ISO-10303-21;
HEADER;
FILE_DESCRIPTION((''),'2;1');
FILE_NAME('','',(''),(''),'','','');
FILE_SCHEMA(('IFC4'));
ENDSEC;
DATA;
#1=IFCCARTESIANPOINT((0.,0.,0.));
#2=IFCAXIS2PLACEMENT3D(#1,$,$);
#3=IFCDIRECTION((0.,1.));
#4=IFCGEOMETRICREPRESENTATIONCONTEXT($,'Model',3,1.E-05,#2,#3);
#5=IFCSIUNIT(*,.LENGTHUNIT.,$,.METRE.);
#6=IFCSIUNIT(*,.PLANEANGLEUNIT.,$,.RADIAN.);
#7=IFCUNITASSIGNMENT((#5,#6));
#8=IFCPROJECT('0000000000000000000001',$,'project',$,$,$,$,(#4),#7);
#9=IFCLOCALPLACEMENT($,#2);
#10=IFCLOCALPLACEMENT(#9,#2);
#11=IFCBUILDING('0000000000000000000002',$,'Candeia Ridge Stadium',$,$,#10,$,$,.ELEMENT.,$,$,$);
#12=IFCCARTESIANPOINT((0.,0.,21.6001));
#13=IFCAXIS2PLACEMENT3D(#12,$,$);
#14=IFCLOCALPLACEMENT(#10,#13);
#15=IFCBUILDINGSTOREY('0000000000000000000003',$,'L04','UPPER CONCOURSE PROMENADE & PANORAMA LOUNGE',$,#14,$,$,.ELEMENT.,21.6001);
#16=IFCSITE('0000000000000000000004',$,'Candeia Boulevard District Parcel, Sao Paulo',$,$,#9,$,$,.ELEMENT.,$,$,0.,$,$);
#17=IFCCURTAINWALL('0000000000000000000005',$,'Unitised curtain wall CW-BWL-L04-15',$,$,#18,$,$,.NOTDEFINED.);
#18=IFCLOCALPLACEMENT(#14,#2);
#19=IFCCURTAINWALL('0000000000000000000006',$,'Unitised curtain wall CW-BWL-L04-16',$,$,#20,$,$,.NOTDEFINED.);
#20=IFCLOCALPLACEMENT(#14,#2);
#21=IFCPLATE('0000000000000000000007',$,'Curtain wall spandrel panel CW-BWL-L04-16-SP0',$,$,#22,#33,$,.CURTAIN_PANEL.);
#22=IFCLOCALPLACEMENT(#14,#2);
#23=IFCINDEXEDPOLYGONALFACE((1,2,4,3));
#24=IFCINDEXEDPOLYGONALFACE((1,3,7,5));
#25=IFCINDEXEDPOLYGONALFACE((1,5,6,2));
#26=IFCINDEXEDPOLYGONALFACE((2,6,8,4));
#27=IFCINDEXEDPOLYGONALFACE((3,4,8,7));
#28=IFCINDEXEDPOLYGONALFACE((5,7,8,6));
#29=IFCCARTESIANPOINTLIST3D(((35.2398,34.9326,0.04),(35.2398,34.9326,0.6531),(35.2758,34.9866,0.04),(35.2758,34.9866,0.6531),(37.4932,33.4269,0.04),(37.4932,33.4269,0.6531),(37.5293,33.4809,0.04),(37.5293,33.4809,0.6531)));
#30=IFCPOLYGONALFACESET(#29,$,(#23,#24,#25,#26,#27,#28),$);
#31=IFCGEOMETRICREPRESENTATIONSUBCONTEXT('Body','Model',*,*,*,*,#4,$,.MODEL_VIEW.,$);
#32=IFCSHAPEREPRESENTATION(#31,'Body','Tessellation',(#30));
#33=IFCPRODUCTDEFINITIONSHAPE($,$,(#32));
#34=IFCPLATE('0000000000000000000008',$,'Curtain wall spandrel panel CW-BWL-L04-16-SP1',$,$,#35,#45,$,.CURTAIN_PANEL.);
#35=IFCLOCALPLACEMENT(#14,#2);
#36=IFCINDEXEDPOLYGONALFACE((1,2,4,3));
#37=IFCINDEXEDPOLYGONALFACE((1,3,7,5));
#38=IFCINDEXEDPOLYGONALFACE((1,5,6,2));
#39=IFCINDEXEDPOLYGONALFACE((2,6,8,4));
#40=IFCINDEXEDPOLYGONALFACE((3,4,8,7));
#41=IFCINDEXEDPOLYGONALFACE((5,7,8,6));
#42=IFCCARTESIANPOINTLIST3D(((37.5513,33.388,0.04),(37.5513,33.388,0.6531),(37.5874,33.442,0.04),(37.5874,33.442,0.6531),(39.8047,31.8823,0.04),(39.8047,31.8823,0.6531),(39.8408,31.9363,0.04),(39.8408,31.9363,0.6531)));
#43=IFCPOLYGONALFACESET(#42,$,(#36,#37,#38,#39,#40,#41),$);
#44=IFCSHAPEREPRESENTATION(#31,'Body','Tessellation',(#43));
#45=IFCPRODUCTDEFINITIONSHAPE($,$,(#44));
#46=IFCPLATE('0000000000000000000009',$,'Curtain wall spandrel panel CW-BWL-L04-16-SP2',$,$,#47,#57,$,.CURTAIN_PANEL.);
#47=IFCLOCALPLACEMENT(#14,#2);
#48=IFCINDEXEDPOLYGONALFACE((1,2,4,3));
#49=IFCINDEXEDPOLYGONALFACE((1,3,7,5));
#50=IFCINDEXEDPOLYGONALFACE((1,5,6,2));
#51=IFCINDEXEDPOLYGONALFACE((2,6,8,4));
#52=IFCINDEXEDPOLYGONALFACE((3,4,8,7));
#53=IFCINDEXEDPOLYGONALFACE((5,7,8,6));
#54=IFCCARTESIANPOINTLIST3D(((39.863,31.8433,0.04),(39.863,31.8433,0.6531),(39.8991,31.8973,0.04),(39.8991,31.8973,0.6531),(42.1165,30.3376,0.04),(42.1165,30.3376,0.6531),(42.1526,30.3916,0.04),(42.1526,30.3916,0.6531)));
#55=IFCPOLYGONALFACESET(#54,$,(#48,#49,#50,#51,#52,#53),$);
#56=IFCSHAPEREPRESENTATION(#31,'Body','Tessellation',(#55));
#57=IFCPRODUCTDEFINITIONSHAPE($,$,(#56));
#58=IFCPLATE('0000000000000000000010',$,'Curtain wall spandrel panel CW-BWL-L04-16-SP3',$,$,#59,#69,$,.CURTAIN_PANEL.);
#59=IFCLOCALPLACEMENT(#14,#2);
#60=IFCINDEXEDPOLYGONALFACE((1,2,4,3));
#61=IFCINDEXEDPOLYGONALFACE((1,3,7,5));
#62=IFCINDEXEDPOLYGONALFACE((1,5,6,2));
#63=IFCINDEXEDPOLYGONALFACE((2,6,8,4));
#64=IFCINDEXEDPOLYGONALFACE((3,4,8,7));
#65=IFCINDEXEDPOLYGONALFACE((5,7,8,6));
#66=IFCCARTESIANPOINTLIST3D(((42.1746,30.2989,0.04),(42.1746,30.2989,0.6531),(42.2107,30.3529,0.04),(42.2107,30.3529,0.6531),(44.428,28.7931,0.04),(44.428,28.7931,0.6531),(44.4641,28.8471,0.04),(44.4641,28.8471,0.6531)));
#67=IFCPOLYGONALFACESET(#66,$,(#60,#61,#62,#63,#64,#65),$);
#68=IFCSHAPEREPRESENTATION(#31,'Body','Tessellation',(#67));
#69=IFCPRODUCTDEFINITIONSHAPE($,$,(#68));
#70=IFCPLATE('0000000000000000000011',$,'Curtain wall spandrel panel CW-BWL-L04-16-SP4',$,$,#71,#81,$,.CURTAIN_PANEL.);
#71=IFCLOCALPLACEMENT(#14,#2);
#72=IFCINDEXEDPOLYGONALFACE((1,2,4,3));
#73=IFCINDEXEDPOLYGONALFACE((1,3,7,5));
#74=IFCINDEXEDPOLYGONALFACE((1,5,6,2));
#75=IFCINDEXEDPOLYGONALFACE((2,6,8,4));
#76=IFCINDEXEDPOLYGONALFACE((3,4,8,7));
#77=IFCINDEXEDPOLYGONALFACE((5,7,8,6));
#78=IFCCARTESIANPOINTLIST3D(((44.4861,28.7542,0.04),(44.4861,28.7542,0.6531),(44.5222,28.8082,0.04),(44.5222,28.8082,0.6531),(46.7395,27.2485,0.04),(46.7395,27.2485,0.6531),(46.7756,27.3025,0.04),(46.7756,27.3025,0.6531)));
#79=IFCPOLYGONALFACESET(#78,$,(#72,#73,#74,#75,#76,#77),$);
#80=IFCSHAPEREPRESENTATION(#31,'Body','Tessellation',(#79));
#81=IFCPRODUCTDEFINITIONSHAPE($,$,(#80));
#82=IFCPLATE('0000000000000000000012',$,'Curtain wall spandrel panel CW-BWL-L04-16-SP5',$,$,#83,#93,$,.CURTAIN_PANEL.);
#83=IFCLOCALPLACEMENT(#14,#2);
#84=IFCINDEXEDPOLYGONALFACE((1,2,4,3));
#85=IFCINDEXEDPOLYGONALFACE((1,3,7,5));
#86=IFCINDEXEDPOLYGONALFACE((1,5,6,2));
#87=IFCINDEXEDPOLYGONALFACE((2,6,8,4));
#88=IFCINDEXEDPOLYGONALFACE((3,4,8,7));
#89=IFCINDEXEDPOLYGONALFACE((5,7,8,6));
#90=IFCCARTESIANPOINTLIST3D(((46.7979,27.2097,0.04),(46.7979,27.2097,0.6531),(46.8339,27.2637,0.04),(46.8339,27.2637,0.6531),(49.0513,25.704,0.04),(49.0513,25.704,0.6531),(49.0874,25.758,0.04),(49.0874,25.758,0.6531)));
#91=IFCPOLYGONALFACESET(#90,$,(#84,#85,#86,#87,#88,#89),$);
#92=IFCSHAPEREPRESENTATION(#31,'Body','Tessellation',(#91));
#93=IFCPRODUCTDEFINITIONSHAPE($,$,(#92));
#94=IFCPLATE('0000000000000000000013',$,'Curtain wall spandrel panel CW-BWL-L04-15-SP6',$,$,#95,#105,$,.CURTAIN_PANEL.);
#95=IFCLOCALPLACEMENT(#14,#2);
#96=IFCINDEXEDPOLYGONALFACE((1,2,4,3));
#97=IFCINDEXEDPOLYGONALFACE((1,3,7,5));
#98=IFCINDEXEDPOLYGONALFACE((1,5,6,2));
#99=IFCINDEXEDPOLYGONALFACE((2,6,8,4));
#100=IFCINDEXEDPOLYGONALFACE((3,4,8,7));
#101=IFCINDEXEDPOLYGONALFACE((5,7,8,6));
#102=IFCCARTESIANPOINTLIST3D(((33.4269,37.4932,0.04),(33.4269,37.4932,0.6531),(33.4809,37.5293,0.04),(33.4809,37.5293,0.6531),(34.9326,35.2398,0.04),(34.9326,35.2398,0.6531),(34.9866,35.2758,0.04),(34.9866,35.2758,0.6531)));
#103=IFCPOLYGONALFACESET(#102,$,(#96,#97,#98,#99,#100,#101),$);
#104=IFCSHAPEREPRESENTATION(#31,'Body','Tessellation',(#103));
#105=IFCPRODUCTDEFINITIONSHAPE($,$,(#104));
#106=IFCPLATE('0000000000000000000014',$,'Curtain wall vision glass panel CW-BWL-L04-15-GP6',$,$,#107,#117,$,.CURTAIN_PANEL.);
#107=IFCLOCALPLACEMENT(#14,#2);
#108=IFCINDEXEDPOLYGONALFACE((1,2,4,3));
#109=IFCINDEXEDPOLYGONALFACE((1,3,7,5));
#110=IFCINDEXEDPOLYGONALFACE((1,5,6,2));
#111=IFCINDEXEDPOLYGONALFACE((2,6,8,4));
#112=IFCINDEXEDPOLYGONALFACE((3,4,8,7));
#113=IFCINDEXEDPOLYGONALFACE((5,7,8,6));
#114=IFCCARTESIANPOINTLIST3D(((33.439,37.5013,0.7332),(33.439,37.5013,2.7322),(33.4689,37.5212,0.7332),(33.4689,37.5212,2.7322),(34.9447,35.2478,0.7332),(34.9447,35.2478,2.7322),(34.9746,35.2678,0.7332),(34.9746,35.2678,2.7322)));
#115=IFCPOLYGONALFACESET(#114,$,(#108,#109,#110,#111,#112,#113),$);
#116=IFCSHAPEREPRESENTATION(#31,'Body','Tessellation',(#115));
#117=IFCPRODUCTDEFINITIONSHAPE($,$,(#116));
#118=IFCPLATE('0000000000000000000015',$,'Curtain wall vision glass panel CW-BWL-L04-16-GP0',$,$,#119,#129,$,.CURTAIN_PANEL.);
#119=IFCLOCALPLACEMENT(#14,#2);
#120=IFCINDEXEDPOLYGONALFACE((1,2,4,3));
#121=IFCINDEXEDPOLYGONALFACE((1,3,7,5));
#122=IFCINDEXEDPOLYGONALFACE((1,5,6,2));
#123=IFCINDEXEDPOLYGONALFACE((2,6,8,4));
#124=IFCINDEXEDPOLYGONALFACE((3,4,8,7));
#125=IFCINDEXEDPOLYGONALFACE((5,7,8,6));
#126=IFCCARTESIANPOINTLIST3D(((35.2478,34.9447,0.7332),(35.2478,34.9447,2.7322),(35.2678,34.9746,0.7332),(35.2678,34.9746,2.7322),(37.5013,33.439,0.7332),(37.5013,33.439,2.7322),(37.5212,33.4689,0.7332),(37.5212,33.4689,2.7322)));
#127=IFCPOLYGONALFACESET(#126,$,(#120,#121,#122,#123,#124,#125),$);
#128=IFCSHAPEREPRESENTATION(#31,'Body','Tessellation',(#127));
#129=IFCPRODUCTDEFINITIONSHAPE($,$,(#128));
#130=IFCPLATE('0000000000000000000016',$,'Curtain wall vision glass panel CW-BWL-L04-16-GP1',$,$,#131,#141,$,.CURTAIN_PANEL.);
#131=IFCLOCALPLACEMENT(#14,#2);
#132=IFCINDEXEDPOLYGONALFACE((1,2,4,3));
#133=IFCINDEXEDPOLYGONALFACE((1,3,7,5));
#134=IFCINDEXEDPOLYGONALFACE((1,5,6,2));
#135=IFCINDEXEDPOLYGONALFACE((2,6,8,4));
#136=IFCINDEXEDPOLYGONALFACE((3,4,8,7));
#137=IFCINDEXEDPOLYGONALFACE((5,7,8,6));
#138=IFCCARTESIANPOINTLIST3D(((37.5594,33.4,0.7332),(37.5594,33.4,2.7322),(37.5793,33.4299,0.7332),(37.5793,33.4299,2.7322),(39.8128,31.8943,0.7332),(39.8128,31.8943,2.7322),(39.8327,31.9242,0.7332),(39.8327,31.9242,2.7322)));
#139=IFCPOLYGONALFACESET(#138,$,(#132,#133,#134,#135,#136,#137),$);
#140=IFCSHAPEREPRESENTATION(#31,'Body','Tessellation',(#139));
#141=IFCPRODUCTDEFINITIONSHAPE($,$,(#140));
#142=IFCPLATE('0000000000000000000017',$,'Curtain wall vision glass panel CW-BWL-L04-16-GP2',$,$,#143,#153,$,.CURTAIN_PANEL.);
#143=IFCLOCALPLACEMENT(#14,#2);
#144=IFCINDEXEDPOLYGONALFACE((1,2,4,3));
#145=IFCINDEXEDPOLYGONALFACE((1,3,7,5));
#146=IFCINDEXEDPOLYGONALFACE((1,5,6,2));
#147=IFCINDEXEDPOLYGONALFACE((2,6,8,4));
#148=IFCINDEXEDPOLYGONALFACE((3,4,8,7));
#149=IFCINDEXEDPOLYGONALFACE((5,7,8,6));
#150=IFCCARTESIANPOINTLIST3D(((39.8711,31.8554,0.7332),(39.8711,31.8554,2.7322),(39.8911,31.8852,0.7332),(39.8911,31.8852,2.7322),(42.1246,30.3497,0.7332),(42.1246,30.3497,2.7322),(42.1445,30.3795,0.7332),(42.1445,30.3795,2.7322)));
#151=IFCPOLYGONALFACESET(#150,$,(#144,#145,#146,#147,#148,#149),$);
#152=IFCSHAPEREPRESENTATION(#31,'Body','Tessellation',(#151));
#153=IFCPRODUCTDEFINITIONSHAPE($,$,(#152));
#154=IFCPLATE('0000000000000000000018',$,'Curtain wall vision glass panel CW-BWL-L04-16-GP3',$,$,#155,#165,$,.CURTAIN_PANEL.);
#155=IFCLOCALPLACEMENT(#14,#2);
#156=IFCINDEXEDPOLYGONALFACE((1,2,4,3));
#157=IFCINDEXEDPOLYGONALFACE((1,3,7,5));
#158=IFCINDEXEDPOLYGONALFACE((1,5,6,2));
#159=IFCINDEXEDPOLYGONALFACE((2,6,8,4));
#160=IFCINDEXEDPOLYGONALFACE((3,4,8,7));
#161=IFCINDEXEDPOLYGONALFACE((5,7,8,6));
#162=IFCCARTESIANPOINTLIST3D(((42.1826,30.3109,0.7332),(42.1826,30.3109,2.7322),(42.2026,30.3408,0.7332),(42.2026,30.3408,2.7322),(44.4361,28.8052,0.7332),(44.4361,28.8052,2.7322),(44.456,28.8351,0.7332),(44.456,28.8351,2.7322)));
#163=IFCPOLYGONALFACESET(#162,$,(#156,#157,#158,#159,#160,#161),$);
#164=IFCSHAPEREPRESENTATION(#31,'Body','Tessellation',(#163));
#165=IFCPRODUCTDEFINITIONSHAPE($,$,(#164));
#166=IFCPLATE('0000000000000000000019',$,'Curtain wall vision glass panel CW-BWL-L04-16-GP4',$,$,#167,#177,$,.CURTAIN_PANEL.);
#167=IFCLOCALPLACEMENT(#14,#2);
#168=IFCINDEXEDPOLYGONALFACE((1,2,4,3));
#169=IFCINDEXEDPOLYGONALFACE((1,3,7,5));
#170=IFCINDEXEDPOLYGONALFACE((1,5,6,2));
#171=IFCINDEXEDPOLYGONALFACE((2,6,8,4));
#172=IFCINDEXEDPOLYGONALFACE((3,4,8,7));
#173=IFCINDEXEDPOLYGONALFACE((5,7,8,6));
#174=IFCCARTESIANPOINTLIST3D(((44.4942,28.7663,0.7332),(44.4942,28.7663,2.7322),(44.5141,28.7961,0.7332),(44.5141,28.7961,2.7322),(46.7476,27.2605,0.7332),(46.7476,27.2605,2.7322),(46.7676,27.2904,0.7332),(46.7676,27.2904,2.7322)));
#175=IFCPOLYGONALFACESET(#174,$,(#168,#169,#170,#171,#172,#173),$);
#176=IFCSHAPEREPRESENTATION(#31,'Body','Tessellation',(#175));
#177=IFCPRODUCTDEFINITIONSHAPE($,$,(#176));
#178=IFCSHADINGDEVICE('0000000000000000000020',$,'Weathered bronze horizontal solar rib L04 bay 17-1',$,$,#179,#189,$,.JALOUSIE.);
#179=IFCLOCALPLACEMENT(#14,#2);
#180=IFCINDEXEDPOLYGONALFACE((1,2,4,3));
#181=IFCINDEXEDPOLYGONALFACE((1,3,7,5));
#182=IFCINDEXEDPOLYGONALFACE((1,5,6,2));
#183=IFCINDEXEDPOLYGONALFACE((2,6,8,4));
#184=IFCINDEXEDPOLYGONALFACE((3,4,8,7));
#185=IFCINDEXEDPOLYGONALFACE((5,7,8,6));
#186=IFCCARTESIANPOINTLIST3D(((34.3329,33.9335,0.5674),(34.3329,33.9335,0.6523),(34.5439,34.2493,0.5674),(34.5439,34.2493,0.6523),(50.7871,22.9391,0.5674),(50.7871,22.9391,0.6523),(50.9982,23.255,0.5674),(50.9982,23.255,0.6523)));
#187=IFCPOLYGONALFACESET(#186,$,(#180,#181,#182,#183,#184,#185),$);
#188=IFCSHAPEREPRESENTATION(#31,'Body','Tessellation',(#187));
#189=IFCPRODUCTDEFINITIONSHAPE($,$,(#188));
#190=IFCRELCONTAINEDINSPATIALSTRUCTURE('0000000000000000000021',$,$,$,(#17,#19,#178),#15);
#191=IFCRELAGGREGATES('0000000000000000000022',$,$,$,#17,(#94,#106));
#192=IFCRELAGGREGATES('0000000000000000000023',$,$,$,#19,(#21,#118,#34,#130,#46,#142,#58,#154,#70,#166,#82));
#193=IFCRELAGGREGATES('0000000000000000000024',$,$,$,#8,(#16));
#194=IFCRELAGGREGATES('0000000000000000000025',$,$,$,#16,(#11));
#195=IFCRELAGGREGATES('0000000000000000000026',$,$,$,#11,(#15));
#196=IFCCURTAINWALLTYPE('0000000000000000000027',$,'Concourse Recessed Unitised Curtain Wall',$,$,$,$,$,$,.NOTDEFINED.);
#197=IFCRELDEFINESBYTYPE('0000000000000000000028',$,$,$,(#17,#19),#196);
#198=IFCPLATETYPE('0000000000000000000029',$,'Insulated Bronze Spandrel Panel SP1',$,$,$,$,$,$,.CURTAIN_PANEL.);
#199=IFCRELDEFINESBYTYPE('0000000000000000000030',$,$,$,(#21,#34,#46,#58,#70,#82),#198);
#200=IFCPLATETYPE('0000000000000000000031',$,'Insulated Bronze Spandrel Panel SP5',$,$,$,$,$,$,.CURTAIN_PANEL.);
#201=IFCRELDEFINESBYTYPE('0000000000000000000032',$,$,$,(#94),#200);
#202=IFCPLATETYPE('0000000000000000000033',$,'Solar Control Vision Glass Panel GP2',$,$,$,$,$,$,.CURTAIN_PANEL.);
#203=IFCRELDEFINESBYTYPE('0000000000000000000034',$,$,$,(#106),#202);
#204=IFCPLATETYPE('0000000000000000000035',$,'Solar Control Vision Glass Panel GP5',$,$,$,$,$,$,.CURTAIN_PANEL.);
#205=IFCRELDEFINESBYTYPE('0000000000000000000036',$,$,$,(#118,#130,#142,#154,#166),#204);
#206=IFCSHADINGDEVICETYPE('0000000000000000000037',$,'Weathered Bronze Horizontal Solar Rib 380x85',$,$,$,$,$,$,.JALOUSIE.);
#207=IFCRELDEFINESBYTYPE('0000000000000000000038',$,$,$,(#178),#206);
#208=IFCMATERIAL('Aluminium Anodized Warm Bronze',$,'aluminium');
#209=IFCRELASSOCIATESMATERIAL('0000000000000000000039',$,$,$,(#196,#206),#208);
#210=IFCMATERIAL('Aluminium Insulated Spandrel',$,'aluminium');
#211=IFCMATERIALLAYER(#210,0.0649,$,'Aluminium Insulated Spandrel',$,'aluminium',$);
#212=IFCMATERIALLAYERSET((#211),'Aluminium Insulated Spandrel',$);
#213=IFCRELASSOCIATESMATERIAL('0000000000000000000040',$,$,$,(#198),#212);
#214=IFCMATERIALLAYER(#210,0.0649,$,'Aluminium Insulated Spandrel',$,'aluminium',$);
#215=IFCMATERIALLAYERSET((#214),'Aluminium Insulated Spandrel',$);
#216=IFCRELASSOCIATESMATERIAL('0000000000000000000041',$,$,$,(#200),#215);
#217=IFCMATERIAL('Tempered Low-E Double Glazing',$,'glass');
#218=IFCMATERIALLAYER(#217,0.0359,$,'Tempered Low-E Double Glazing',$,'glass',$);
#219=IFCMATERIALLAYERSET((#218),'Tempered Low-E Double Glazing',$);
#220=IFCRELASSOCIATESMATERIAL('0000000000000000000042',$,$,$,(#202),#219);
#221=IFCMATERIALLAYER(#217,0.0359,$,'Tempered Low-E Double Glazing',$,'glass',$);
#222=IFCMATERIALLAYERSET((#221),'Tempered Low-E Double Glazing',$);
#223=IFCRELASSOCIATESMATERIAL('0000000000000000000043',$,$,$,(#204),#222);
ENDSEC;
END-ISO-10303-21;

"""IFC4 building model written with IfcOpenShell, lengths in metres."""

from ifc_helpers import new_model, si_unit, direction, frame, origin, origin_2d, place, context, subcontext, project, spatial, rectangle, extrude, material, layer, layer_set, type_object, element, aggregate, save


model = new_model("IFC4")

# Units and contexts
model_context = context("Model", 3, precision=1e-05, world=origin(), true_north=direction((0.0, 1.0)))
body_context = subcontext(model_context, "Body", "Model", "MODEL_VIEW")
ifc_project = project(units=[si_unit("LENGTHUNIT", "METRE"), si_unit("PLANEANGLEUNIT", "RADIAN")], contexts=[model_context])

# Site, building, storey
site_placement = place(None, origin())
site = spatial("IfcSite", under=ifc_project, at=site_placement, Name="Candeia Boulevard District Parcel, Sao Paulo", CompositionType="ELEMENT", RefElevation=0.0)
building_placement = place(site_placement, origin())
building = spatial("IfcBuilding", under=site, at=building_placement, Name="Candeia Ridge Stadium", CompositionType="ELEMENT")
storey_placement = place(building_placement, frame((0.0, 0.0, 21.6001)))
storey = spatial("IfcBuildingStorey", under=building, at=storey_placement, Name="L04", Description="UPPER CONCOURSE PROMENADE & PANORAMA LOUNGE", CompositionType="ELEMENT", Elevation=21.6001)

# Curtain wall
ifc_material_1 = material(Name="Aluminium Anodized Warm Bronze", Category="aluminium")
curtain_wall_type = type_object("IfcCurtainWallType", Name="Concourse Recessed Unitised Curtain Wall", PredefinedType="NOTDEFINED", material=ifc_material_1)
curtain_wall_1_placement = place(storey_placement, origin())
curtain_wall_1 = element("IfcCurtainWall", 1, at=curtain_wall_1_placement, inside=storey, type_object=curtain_wall_type, Name="Unitised curtain wall CW-BWL-L04-15", PredefinedType="NOTDEFINED")

# Curtain wall
curtain_wall_2_placement = place(storey_placement, origin())
curtain_wall_2 = element("IfcCurtainWall", 2, at=curtain_wall_2_placement, inside=storey, type_object=curtain_wall_type, Name="Unitised curtain wall CW-BWL-L04-16", PredefinedType="NOTDEFINED")

# Plates
ifc_material_2 = material(Name="Aluminium Insulated Spandrel", Category="aluminium")
ifc_layer_1 = layer(ifc_material_2, 0.0649, Name="Aluminium Insulated Spandrel", Category="aluminium")
ifc_layer_set_1 = layer_set([ifc_layer_1], Name="Aluminium Insulated Spandrel")
plate_type_1 = type_object("IfcPlateType", Name="Insulated Bronze Spandrel Panel SP1", PredefinedType="CURTAIN_PANEL", material=ifc_layer_set_1)
plate_1_placement = place(storey_placement, frame((36.3845, 34.2068, 0.04), z_axis=(0.0, 0.0, 1.0), x_axis=(0.831469, -0.555571, 0.0)))
plate_1 = element("IfcPlate", 3, at=plate_1_placement, type_object=plate_type_1, Name="Curtain wall spandrel panel CW-BWL-L04-16-SP0", PredefinedType="CURTAIN_PANEL", context=body_context, shape_type="SweptSolid", body=[
    extrude(rectangle(XDim=2.7102, YDim=0.0649, at=origin_2d()), origin(), (0.0, 0.0, 1.0), 0.613),
])
plate_2_placement = place(storey_placement, frame((38.696, 32.6621, 0.04), z_axis=(0.0, 0.0, 1.0), x_axis=(0.831469, -0.555571, 0.0)))
plate_2 = element("IfcPlate", 4, at=plate_2_placement, type_object=plate_type_1, Name="Curtain wall spandrel panel CW-BWL-L04-16-SP1", PredefinedType="CURTAIN_PANEL", context=body_context, shape_type="SweptSolid", body=[
    extrude(rectangle(XDim=2.7102, YDim=0.0649, at=origin_2d()), origin(), (0.0, 0.0, 1.0), 0.613),
])
plate_3_placement = place(storey_placement, frame((41.0078, 31.1174, 0.04), z_axis=(0.0, 0.0, 1.0), x_axis=(0.831469, -0.555571, 0.0)))
plate_3 = element("IfcPlate", 5, at=plate_3_placement, type_object=plate_type_1, Name="Curtain wall spandrel panel CW-BWL-L04-16-SP2", PredefinedType="CURTAIN_PANEL", context=body_context, shape_type="SweptSolid", body=[
    extrude(rectangle(XDim=2.7102, YDim=0.0649, at=origin_2d()), origin(), (0.0, 0.0, 1.0), 0.613),
])
plate_4_placement = place(storey_placement, frame((43.3193, 29.573, 0.04), z_axis=(0.0, 0.0, 1.0), x_axis=(0.831469, -0.555571, 0.0)))
plate_4 = element("IfcPlate", 6, at=plate_4_placement, type_object=plate_type_1, Name="Curtain wall spandrel panel CW-BWL-L04-16-SP3", PredefinedType="CURTAIN_PANEL", context=body_context, shape_type="SweptSolid", body=[
    extrude(rectangle(XDim=2.7102, YDim=0.0649, at=origin_2d()), origin(), (0.0, 0.0, 1.0), 0.613),
])
plate_5_placement = place(storey_placement, frame((45.6309, 28.0283, 0.04), z_axis=(0.0, 0.0, 1.0), x_axis=(0.831469, -0.555571, 0.0)))
plate_5 = element("IfcPlate", 7, at=plate_5_placement, type_object=plate_type_1, Name="Curtain wall spandrel panel CW-BWL-L04-16-SP4", PredefinedType="CURTAIN_PANEL", context=body_context, shape_type="SweptSolid", body=[
    extrude(rectangle(XDim=2.7102, YDim=0.0649, at=origin_2d()), origin(), (0.0, 0.0, 1.0), 0.613),
])
plate_6_placement = place(storey_placement, frame((47.9426, 26.4839, 0.04), z_axis=(0.0, 0.0, 1.0), x_axis=(0.831469, -0.555571, 0.0)))
plate_6 = element("IfcPlate", 8, at=plate_6_placement, type_object=plate_type_1, Name="Curtain wall spandrel panel CW-BWL-L04-16-SP5", PredefinedType="CURTAIN_PANEL", context=body_context, shape_type="SweptSolid", body=[
    extrude(rectangle(XDim=2.7102, YDim=0.0649, at=origin_2d()), origin(), (0.0, 0.0, 1.0), 0.613),
])
ifc_layer_2 = layer(ifc_material_2, 0.0649, Name="Aluminium Insulated Spandrel", Category="aluminium")
ifc_layer_set_2 = layer_set([ifc_layer_2], Name="Aluminium Insulated Spandrel")
plate_type_2 = type_object("IfcPlateType", Name="Insulated Bronze Spandrel Panel SP5", PredefinedType="CURTAIN_PANEL", material=ifc_layer_set_2)
plate_7_placement = place(storey_placement, frame((34.2068, 36.3845, 0.04), z_axis=(0.0, 0.0, 1.0), x_axis=(0.555571, -0.831469, 0.0)))
plate_7 = element("IfcPlate", 9, at=plate_7_placement, type_object=plate_type_2, Name="Curtain wall spandrel panel CW-BWL-L04-15-SP6", PredefinedType="CURTAIN_PANEL", context=body_context, shape_type="SweptSolid", body=[
    extrude(rectangle(XDim=2.7102, YDim=0.0649, at=origin_2d()), origin(), (0.0, 0.0, 1.0), 0.613),
])
ifc_material_3 = material(Name="Tempered Low-E Double Glazing", Category="glass")
ifc_layer_3 = layer(ifc_material_3, 0.0359, Name="Tempered Low-E Double Glazing", Category="glass")
ifc_layer_set_3 = layer_set([ifc_layer_3], Name="Tempered Low-E Double Glazing")
plate_type_3 = type_object("IfcPlateType", Name="Solar Control Vision Glass Panel GP2", PredefinedType="CURTAIN_PANEL", material=ifc_layer_set_3)
plate_8_placement = place(storey_placement, frame((34.2068, 36.3845, 0.7332), z_axis=(0.0, 0.0, 1.0), x_axis=(0.555571, -0.831469, 0.0)))
plate_8 = element("IfcPlate", 10, at=plate_8_placement, type_object=plate_type_3, Name="Curtain wall vision glass panel CW-BWL-L04-15-GP6", PredefinedType="CURTAIN_PANEL", context=body_context, shape_type="SweptSolid", body=[
    extrude(rectangle(XDim=2.7102, YDim=0.0359, at=origin_2d()), origin(), (0.0, 0.0, 1.0), 1.999),
])
aggregate(curtain_wall_1, [plate_7, plate_8])
ifc_layer_4 = layer(ifc_material_3, 0.0359, Name="Tempered Low-E Double Glazing", Category="glass")
ifc_layer_set_4 = layer_set([ifc_layer_4], Name="Tempered Low-E Double Glazing")
plate_type_4 = type_object("IfcPlateType", Name="Solar Control Vision Glass Panel GP5", PredefinedType="CURTAIN_PANEL", material=ifc_layer_set_4)
plate_9_placement = place(storey_placement, frame((36.3845, 34.2068, 0.7332), z_axis=(0.0, 0.0, 1.0), x_axis=(0.831469, -0.555571, 0.0)))
plate_9 = element("IfcPlate", 11, at=plate_9_placement, type_object=plate_type_4, Name="Curtain wall vision glass panel CW-BWL-L04-16-GP0", PredefinedType="CURTAIN_PANEL", context=body_context, shape_type="SweptSolid", body=[
    extrude(rectangle(XDim=2.7102, YDim=0.0359, at=origin_2d()), origin(), (0.0, 0.0, 1.0), 1.999),
])
plate_10_placement = place(storey_placement, frame((38.696, 32.6621, 0.7332), z_axis=(0.0, 0.0, 1.0), x_axis=(0.831469, -0.555571, 0.0)))
plate_10 = element("IfcPlate", 12, at=plate_10_placement, type_object=plate_type_4, Name="Curtain wall vision glass panel CW-BWL-L04-16-GP1", PredefinedType="CURTAIN_PANEL", context=body_context, shape_type="SweptSolid", body=[
    extrude(rectangle(XDim=2.7102, YDim=0.0359, at=origin_2d()), origin(), (0.0, 0.0, 1.0), 1.999),
])
plate_11_placement = place(storey_placement, frame((41.0078, 31.1174, 0.7332), z_axis=(0.0, 0.0, 1.0), x_axis=(0.831469, -0.555571, 0.0)))
plate_11 = element("IfcPlate", 13, at=plate_11_placement, type_object=plate_type_4, Name="Curtain wall vision glass panel CW-BWL-L04-16-GP2", PredefinedType="CURTAIN_PANEL", context=body_context, shape_type="SweptSolid", body=[
    extrude(rectangle(XDim=2.7102, YDim=0.0359, at=origin_2d()), origin(), (0.0, 0.0, 1.0), 1.999),
])
plate_12_placement = place(storey_placement, frame((43.3193, 29.573, 0.7332), z_axis=(0.0, 0.0, 1.0), x_axis=(0.831469, -0.555571, 0.0)))
plate_12 = element("IfcPlate", 14, at=plate_12_placement, type_object=plate_type_4, Name="Curtain wall vision glass panel CW-BWL-L04-16-GP3", PredefinedType="CURTAIN_PANEL", context=body_context, shape_type="SweptSolid", body=[
    extrude(rectangle(XDim=2.7102, YDim=0.0359, at=origin_2d()), origin(), (0.0, 0.0, 1.0), 1.999),
])
plate_13_placement = place(storey_placement, frame((45.6309, 28.0283, 0.7332), z_axis=(0.0, 0.0, 1.0), x_axis=(0.831469, -0.555571, 0.0)))
plate_13 = element("IfcPlate", 15, at=plate_13_placement, type_object=plate_type_4, Name="Curtain wall vision glass panel CW-BWL-L04-16-GP4", PredefinedType="CURTAIN_PANEL", context=body_context, shape_type="SweptSolid", body=[
    extrude(rectangle(XDim=2.7102, YDim=0.0359, at=origin_2d()), origin(), (0.0, 0.0, 1.0), 1.999),
])
aggregate(curtain_wall_2, [plate_1, plate_9, plate_2, plate_10, plate_3, plate_11, plate_4, plate_12, plate_5, plate_13, plate_6])

# Shading device
shading_device_type = type_object("IfcShadingDeviceType", Name="Weathered Bronze Horizontal Solar Rib 380x85", PredefinedType="JALOUSIE", material=ifc_material_1)
for number, where, z_axis, x_axis, name in (
    (16, (42.6655, 28.5942, 0.5674), (0.0, 0.0, 1.0), (0.83147, -0.55557, 0.0), "Weathered bronze horizontal solar rib L04 bay 17-1"),
):
    element("IfcShadingDevice", number, at=place(storey_placement, frame(where, z_axis=z_axis, x_axis=x_axis)), inside=storey, type_object=shading_device_type, Name=name, PredefinedType="JALOUSIE", context=body_context, shape_type="SweptSolid", body=[
        extrude(rectangle(XDim=19.7893, YDim=0.3799, at=origin_2d()), origin(), (0.0, 0.0, 1.0), 0.085),
    ])

save(model, "model.ifc")
